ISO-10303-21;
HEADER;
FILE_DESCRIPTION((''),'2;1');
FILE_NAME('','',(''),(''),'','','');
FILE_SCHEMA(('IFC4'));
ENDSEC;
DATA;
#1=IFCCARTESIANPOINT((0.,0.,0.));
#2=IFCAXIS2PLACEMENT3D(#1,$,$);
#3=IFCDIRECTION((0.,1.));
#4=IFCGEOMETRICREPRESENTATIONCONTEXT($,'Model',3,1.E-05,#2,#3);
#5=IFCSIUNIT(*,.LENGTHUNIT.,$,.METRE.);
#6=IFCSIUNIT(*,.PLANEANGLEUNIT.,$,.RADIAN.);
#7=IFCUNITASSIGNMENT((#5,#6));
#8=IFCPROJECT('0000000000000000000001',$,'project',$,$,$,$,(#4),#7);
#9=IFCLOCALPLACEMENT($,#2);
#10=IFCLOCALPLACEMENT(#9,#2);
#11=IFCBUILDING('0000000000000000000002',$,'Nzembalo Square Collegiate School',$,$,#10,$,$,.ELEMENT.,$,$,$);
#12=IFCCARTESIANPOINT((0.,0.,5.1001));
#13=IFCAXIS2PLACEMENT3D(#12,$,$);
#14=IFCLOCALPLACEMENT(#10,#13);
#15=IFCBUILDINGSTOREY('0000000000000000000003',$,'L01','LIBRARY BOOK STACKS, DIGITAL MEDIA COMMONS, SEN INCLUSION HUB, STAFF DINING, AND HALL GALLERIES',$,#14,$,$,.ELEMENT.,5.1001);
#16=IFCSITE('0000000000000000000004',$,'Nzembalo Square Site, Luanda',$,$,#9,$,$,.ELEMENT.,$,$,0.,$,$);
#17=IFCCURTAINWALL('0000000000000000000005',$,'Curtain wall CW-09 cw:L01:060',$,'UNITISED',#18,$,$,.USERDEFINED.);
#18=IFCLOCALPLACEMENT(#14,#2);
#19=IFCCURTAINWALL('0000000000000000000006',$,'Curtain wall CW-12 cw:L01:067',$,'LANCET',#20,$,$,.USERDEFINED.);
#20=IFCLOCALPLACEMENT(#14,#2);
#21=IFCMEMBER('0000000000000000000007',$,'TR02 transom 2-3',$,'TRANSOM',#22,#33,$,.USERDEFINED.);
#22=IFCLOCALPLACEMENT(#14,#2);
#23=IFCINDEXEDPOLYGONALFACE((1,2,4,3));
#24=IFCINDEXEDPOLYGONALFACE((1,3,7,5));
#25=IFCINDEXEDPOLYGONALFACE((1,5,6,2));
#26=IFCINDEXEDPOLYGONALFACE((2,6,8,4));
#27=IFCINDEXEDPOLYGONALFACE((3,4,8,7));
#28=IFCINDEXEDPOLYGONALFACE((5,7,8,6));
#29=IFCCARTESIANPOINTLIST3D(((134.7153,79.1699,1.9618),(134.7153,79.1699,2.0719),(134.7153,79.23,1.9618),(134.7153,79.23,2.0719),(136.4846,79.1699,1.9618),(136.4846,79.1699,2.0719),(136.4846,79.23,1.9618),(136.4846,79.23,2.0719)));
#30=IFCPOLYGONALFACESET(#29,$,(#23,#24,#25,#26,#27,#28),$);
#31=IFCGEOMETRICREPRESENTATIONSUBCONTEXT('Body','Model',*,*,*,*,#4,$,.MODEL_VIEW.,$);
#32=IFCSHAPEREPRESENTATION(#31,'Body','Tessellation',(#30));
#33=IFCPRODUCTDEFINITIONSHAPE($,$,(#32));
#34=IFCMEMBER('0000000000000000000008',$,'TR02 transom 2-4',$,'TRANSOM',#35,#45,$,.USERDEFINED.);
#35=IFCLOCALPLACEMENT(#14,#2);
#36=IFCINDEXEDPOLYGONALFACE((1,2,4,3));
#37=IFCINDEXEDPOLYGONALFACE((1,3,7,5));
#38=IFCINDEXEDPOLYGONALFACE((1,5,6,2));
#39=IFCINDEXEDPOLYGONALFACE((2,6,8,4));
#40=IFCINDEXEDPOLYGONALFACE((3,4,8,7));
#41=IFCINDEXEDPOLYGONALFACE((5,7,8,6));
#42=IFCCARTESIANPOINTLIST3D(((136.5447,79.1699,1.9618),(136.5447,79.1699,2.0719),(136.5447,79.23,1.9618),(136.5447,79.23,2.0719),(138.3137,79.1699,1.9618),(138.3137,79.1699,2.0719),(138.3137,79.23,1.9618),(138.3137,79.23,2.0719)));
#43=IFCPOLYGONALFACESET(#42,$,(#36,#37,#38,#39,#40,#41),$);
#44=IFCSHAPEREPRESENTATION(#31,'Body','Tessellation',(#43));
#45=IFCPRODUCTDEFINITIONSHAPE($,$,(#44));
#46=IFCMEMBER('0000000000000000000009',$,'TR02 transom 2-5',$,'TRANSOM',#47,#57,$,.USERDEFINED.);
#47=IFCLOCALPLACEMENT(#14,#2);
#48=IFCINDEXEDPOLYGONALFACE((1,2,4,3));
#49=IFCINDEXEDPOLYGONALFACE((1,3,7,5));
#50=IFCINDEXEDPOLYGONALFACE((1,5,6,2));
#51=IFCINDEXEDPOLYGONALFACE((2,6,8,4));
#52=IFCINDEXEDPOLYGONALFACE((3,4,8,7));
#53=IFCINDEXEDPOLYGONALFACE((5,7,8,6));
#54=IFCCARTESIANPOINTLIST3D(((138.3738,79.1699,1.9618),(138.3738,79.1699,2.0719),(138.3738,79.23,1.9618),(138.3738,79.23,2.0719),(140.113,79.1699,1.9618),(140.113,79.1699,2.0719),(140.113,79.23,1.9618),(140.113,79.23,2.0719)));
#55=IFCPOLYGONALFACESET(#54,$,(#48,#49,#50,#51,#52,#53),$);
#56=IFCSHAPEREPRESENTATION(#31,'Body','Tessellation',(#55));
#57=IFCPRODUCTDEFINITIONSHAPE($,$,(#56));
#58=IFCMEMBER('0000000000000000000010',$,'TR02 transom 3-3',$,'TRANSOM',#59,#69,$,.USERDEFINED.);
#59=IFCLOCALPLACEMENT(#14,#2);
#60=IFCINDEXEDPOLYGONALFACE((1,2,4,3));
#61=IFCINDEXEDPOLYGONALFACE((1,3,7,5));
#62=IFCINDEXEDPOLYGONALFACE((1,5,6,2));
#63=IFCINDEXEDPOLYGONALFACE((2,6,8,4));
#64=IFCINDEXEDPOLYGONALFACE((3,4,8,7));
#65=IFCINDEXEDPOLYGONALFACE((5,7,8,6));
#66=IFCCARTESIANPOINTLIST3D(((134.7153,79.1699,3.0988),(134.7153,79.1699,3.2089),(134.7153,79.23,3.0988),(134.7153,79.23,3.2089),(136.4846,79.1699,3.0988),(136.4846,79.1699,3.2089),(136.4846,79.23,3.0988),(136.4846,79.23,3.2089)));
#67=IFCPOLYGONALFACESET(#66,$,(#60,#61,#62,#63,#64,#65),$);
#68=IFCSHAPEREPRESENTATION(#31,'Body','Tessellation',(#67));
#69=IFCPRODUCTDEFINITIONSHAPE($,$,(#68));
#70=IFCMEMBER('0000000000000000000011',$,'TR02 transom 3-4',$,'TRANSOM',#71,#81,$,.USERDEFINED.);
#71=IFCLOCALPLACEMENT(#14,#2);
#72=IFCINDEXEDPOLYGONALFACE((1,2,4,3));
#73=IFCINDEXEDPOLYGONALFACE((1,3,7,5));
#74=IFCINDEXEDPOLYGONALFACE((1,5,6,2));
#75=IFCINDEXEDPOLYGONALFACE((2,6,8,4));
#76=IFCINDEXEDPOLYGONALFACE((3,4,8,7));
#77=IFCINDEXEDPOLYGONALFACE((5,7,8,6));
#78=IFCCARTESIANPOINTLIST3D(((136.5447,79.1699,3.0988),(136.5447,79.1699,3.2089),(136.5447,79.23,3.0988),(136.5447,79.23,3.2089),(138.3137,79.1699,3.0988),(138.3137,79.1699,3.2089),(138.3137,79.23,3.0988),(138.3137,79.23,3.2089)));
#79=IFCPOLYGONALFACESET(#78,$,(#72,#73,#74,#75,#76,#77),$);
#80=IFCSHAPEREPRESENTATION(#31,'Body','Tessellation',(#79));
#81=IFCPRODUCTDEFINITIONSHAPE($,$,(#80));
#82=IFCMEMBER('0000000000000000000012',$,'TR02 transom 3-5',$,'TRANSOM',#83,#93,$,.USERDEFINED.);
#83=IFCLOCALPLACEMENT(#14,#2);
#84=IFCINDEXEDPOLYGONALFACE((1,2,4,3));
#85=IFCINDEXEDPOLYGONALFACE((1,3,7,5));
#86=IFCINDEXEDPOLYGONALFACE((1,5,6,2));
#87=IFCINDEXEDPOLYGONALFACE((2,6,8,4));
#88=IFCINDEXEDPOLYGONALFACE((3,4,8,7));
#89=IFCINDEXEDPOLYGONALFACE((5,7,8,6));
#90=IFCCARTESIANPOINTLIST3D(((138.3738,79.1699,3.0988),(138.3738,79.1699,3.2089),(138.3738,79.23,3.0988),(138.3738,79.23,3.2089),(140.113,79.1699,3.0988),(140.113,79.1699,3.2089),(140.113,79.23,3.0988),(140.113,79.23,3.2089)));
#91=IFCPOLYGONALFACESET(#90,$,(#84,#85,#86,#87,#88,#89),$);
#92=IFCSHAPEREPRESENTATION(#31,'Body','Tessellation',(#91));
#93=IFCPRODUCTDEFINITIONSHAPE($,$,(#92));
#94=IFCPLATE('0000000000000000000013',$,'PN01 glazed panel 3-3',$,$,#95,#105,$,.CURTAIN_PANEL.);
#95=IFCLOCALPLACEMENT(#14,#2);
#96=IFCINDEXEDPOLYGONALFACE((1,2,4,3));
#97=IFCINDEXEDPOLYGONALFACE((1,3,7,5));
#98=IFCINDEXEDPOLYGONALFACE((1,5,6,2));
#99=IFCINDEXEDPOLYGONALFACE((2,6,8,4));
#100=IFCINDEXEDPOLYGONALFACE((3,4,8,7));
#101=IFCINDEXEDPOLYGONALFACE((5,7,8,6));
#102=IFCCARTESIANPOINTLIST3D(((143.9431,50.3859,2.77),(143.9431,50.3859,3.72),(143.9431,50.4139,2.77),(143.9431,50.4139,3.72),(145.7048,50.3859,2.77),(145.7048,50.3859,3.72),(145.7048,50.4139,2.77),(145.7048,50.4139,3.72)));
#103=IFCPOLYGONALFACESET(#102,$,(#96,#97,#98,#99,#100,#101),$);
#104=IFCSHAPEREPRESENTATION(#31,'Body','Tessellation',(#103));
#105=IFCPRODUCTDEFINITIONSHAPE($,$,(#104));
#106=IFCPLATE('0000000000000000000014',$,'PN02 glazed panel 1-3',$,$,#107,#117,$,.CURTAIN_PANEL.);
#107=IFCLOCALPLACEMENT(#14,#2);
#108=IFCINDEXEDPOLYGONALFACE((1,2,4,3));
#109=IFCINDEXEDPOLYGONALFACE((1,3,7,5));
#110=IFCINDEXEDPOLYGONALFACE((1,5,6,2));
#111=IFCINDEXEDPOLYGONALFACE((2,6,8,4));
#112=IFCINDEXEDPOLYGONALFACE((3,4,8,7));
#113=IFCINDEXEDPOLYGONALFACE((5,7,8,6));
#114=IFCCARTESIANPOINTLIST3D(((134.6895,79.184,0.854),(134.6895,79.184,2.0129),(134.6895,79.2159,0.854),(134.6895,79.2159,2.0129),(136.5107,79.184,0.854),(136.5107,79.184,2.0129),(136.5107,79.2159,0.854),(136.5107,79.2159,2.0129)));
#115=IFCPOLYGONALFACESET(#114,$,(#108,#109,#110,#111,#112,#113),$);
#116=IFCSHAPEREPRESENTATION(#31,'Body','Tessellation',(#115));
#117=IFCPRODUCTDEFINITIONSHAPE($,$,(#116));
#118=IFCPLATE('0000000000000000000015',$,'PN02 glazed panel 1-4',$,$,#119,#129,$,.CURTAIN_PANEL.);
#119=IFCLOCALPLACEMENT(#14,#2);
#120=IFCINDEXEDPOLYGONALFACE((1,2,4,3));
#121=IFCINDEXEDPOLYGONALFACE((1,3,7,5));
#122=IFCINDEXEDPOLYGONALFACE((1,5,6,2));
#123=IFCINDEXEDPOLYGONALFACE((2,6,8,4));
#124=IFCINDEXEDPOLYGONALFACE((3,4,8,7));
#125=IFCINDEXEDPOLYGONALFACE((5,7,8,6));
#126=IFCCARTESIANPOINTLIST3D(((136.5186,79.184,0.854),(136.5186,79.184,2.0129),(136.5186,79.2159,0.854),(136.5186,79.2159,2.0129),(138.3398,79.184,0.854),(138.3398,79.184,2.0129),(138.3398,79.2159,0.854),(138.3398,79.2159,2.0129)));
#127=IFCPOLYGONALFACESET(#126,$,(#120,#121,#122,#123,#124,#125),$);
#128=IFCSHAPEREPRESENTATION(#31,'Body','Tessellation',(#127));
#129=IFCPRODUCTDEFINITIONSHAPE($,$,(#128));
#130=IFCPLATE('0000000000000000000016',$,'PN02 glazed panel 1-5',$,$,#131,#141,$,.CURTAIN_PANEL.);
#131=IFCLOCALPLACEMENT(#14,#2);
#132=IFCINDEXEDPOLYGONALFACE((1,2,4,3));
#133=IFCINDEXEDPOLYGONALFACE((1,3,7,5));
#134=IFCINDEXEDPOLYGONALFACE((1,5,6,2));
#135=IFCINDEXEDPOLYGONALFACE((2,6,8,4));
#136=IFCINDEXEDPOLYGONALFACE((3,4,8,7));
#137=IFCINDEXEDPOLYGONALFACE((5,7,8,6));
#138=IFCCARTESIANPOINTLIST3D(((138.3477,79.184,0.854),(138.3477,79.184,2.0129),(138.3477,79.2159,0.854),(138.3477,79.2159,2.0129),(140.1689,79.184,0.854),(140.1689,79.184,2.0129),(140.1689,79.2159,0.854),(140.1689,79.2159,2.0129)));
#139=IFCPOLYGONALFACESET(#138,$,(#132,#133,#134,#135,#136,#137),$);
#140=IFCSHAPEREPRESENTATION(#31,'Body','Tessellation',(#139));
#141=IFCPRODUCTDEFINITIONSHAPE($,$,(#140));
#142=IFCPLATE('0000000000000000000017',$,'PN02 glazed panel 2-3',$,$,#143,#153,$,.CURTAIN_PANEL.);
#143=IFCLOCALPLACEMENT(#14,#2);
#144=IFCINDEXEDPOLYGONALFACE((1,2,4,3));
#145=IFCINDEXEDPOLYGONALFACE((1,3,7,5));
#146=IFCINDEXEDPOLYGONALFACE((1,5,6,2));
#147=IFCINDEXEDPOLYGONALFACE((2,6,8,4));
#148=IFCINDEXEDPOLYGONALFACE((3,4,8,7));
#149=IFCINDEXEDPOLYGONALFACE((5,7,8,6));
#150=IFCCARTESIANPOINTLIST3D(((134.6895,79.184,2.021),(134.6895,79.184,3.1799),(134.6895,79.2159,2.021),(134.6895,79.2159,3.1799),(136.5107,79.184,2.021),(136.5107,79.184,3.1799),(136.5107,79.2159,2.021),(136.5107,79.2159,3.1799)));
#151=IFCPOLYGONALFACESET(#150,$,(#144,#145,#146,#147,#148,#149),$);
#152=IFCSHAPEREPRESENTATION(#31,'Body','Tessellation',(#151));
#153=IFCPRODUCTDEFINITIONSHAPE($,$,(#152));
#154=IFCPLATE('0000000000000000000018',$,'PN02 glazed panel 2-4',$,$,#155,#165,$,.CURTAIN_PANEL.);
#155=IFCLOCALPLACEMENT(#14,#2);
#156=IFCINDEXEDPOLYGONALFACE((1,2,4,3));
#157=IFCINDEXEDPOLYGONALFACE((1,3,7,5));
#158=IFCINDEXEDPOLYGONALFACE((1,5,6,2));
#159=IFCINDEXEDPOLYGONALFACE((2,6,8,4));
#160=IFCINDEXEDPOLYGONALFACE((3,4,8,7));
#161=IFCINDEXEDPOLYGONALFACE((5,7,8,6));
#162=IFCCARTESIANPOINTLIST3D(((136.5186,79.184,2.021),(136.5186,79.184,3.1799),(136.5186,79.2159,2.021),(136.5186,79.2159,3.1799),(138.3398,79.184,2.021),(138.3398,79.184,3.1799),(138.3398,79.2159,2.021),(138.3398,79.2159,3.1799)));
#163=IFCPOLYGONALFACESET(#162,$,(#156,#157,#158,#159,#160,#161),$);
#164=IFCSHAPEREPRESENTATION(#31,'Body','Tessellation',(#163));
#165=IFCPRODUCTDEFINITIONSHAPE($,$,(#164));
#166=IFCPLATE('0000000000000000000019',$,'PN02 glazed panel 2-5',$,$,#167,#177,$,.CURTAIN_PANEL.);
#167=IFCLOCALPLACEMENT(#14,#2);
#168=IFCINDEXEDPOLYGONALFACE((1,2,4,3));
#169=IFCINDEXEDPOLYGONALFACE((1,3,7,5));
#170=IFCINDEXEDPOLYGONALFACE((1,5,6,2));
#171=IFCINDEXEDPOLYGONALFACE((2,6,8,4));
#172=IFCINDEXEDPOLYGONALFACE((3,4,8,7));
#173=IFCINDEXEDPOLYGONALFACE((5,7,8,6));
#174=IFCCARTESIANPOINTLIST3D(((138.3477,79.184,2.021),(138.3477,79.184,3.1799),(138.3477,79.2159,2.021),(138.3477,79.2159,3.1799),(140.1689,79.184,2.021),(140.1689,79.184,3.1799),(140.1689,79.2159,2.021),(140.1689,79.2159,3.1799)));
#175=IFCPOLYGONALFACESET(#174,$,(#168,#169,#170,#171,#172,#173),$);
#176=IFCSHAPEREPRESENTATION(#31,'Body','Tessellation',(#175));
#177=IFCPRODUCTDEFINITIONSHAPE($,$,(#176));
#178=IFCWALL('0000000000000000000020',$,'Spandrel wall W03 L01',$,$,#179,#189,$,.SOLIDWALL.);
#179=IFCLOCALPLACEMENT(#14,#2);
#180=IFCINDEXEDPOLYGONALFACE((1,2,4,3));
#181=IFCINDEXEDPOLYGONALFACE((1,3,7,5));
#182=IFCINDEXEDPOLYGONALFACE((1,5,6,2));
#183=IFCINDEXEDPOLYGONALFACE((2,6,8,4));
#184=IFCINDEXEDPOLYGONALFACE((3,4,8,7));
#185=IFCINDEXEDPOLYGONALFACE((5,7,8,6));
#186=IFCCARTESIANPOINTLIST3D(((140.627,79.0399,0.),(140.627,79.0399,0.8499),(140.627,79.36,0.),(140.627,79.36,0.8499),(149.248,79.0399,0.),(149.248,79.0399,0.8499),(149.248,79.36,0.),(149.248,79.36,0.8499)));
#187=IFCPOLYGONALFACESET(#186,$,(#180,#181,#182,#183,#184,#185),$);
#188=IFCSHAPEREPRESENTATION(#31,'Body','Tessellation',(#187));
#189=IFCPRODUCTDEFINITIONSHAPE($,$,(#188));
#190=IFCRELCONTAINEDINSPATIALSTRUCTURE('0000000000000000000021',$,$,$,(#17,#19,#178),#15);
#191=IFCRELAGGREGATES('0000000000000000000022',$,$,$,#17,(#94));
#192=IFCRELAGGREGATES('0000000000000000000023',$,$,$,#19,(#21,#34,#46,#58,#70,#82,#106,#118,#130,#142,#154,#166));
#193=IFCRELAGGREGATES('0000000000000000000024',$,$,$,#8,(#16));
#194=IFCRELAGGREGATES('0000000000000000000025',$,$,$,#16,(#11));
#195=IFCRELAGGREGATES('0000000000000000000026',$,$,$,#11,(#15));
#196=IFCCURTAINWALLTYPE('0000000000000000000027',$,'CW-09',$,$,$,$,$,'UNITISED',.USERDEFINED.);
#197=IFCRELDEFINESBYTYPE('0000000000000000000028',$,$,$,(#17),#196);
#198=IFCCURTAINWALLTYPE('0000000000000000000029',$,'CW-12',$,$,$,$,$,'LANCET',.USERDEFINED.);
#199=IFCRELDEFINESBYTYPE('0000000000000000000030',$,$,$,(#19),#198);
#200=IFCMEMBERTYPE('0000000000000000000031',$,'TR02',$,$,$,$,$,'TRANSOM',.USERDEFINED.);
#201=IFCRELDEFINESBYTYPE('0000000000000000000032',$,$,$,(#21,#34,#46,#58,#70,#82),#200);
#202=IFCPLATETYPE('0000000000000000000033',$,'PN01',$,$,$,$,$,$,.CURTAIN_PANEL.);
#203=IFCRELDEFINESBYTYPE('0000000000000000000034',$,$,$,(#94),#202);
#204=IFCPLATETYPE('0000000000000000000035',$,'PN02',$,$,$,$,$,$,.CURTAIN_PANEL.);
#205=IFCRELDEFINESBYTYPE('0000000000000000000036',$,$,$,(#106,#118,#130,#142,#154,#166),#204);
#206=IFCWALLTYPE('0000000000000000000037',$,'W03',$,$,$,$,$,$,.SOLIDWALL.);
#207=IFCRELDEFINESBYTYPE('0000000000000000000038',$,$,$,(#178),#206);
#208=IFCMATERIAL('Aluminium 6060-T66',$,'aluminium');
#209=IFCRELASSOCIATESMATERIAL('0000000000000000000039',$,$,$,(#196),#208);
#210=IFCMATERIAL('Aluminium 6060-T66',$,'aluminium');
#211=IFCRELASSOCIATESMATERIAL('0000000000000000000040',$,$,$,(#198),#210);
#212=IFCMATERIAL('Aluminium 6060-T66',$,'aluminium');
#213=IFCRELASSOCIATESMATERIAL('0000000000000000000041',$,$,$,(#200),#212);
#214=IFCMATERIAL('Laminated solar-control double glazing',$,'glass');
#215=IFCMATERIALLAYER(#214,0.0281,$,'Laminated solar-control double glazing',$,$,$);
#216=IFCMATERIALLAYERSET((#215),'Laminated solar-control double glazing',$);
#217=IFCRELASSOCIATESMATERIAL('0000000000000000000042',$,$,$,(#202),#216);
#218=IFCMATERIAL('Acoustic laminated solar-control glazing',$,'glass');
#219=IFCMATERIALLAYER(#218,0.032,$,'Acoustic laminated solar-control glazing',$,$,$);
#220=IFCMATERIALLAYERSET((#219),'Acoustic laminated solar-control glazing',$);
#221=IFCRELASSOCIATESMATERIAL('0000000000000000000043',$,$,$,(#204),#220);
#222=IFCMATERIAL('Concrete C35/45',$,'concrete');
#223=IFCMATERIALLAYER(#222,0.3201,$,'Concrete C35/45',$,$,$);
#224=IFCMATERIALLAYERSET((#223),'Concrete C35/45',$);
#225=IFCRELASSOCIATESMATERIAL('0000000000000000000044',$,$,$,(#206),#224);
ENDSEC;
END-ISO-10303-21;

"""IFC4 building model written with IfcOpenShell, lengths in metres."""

from ifc_helpers import new_model, si_unit, direction, frame, frame_2d, origin, origin_2d, place, context, subcontext, project, spatial, rectangle, extrude, material, layer, layer_set, material_profile, profile_set, type_object, element, aggregate, save


model = new_model("IFC4")

# Units and contexts
model_context = context("Model", 3, precision=1e-05, world=origin(), true_north=direction((0.0, 1.0)))
body_context = subcontext(model_context, "Body", "Model", "MODEL_VIEW")
ifc_project = project(units=[si_unit("LENGTHUNIT", "METRE"), si_unit("PLANEANGLEUNIT", "RADIAN")], contexts=[model_context])

# Site, building, storey
site_placement = place(None, origin())
site = spatial("IfcSite", under=ifc_project, at=site_placement, Name="Nzembalo Square Site, Luanda", CompositionType="ELEMENT", RefElevation=0.0)
building_placement = place(site_placement, origin())
building = spatial("IfcBuilding", under=site, at=building_placement, Name="Nzembalo Square Collegiate School", CompositionType="ELEMENT")
storey_placement = place(building_placement, frame((0.0, 0.0, 5.1001)))
storey = spatial("IfcBuildingStorey", under=building, at=storey_placement, Name="L01", Description="LIBRARY BOOK STACKS, DIGITAL MEDIA COMMONS, SEN INCLUSION HUB, STAFF DINING, AND HALL GALLERIES", CompositionType="ELEMENT", Elevation=5.1001)

# Curtain wall
ifc_material_1 = material(Name="Aluminium 6060-T66", Category="aluminium")
curtain_wall_type_1 = type_object("IfcCurtainWallType", Name="CW-09", ElementType="UNITISED", PredefinedType="USERDEFINED", material=ifc_material_1)
curtain_wall_1_placement = place(storey_placement, origin())
curtain_wall_1 = element("IfcCurtainWall", 1, at=curtain_wall_1_placement, inside=storey, type_object=curtain_wall_type_1, Name="Curtain wall CW-09 cw:L01:060", ObjectType="UNITISED", PredefinedType="USERDEFINED")

# Curtain wall
ifc_material_2 = material(Name="Aluminium 6060-T66", Category="aluminium")
curtain_wall_type_2 = type_object("IfcCurtainWallType", Name="CW-12", ElementType="LANCET", PredefinedType="USERDEFINED", material=ifc_material_2)
curtain_wall_2_placement = place(storey_placement, origin())
curtain_wall_2 = element("IfcCurtainWall", 2, at=curtain_wall_2_placement, inside=storey, type_object=curtain_wall_type_2, Name="Curtain wall CW-12 cw:L01:067", ObjectType="LANCET", PredefinedType="USERDEFINED")

# Members
ifc_material_3 = material(Name="Aluminium 6060-T66", Category="aluminium")
ifc_material_profile_1 = material_profile(ifc_material_3, rectangle(XDim=0.0601, YDim=0.1101, at=origin_2d()), Name="ALU T60x110")
ifc_profile_set_1 = profile_set([ifc_material_profile_1], Name="Aluminium 6060-T66")
member_type_1 = type_object("IfcMemberType", Name="TR02", ElementType="TRANSOM", PredefinedType="USERDEFINED", material=ifc_profile_set_1)
member_1_placement = place(storey_placement, frame((134.7153, 79.2, 2.0168), z_axis=(1.0, 0.0, 0.0), x_axis=(0.0, 1.0, 0.0)))
member_1 = element("IfcMember", 3, at=member_1_placement, type_object=member_type_1, Name="TR02 transom 2-3", ObjectType="TRANSOM", PredefinedType="USERDEFINED", context=body_context, shape_type="SweptSolid", body=[
    extrude(rectangle(XDim=0.0601, YDim=0.1101, at=origin_2d()), origin(), (0.0, 0.0, 1.0), 1.7693),
])
member_2_placement = place(storey_placement, frame((136.5447, 79.2, 2.0168), z_axis=(1.0, 0.0, 0.0), x_axis=(0.0, 1.0, 0.0)))
member_2 = element("IfcMember", 4, at=member_2_placement, type_object=member_type_1, Name="TR02 transom 2-4", ObjectType="TRANSOM", PredefinedType="USERDEFINED", context=body_context, shape_type="SweptSolid", body=[
    extrude(rectangle(XDim=0.0601, YDim=0.1101, at=origin_2d()), origin(), (0.0, 0.0, 1.0), 1.769),
])
member_3_placement = place(storey_placement, frame((138.3738, 79.2, 2.0168), z_axis=(1.0, 0.0, 0.0), x_axis=(0.0, 1.0, 0.0)))
member_3 = element("IfcMember", 5, at=member_3_placement, type_object=member_type_1, Name="TR02 transom 2-5", ObjectType="TRANSOM", PredefinedType="USERDEFINED", context=body_context, shape_type="SweptSolid", body=[
    extrude(rectangle(XDim=0.0601, YDim=0.1101, at=origin_2d()), origin(), (0.0, 0.0, 1.0), 1.7393),
])
member_4_placement = place(storey_placement, frame((134.7153, 79.2, 3.1538), z_axis=(1.0, 0.0, 0.0), x_axis=(0.0, 1.0, 0.0)))
member_4 = element("IfcMember", 6, at=member_4_placement, type_object=member_type_1, Name="TR02 transom 3-3", ObjectType="TRANSOM", PredefinedType="USERDEFINED", context=body_context, shape_type="SweptSolid", body=[
    extrude(rectangle(XDim=0.0601, YDim=0.1101, at=origin_2d()), origin(), (0.0, 0.0, 1.0), 1.7693),
])
member_5_placement = place(storey_placement, frame((136.5447, 79.2, 3.1538), z_axis=(1.0, 0.0, 0.0), x_axis=(0.0, 1.0, 0.0)))
member_5 = element("IfcMember", 7, at=member_5_placement, type_object=member_type_1, Name="TR02 transom 3-4", ObjectType="TRANSOM", PredefinedType="USERDEFINED", context=body_context, shape_type="SweptSolid", body=[
    extrude(rectangle(XDim=0.0601, YDim=0.1101, at=origin_2d()), origin(), (0.0, 0.0, 1.0), 1.769),
])
member_6_placement = place(storey_placement, frame((138.3738, 79.2, 3.1538), z_axis=(1.0, 0.0, 0.0), x_axis=(0.0, 1.0, 0.0)))
member_6 = element("IfcMember", 8, at=member_6_placement, type_object=member_type_1, Name="TR02 transom 3-5", ObjectType="TRANSOM", PredefinedType="USERDEFINED", context=body_context, shape_type="SweptSolid", body=[
    extrude(rectangle(XDim=0.0601, YDim=0.1101, at=origin_2d()), origin(), (0.0, 0.0, 1.0), 1.7393),
])

# Plates
ifc_material_4 = material(Name="Laminated solar-control double glazing", Category="glass")
ifc_layer_1 = layer(ifc_material_4, 0.0281, Name="Laminated solar-control double glazing")
ifc_layer_set_1 = layer_set([ifc_layer_1], Name="Laminated solar-control double glazing")
plate_type_1 = type_object("IfcPlateType", Name="PN01", PredefinedType="CURTAIN_PANEL", material=ifc_layer_set_1)
plate_1_placement = place(storey_placement, frame((144.824, 50.3999, 2.77), z_axis=(0.0, 0.0, 1.0), x_axis=(1.0, 0.0, 0.0)))
plate_1 = element("IfcPlate", 9, at=plate_1_placement, type_object=plate_type_1, Name="PN01 glazed panel 3-3", PredefinedType="CURTAIN_PANEL", context=body_context, shape_type="SweptSolid", body=[
    extrude(rectangle(XDim=1.7617, YDim=0.0281, at=origin_2d()), origin(), (0.0, 0.0, 1.0), 0.95),
])
aggregate(curtain_wall_1, [plate_1])
ifc_material_5 = material(Name="Acoustic laminated solar-control glazing", Category="glass")
ifc_layer_2 = layer(ifc_material_5, 0.032, Name="Acoustic laminated solar-control glazing")
ifc_layer_set_2 = layer_set([ifc_layer_2], Name="Acoustic laminated solar-control glazing")
plate_type_2 = type_object("IfcPlateType", Name="PN02", PredefinedType="CURTAIN_PANEL", material=ifc_layer_set_2)
plate_2_placement = place(storey_placement, frame((135.6001, 79.2, 0.854), z_axis=(0.0, 0.0, 1.0), x_axis=(1.0, 0.0, 0.0)))
plate_2 = element("IfcPlate", 10, at=plate_2_placement, type_object=plate_type_2, Name="PN02 glazed panel 1-3", PredefinedType="CURTAIN_PANEL", context=body_context, shape_type="SweptSolid", body=[
    extrude(rectangle(XDim=1.8213, YDim=0.032, at=origin_2d()), origin(), (0.0, 0.0, 1.0), 1.1589),
])
plate_3_placement = place(storey_placement, frame((137.4292, 79.2, 0.854), z_axis=(0.0, 0.0, 1.0), x_axis=(1.0, 0.0, 0.0)))
plate_3 = element("IfcPlate", 11, at=plate_3_placement, type_object=plate_type_2, Name="PN02 glazed panel 1-4", PredefinedType="CURTAIN_PANEL", context=body_context, shape_type="SweptSolid", body=[
    extrude(rectangle(XDim=1.8213, YDim=0.032, at=origin_2d()), origin(), (0.0, 0.0, 1.0), 1.1589),
])
plate_4_placement = place(storey_placement, frame((139.2583, 79.2, 0.854), z_axis=(0.0, 0.0, 1.0), x_axis=(1.0, 0.0, 0.0)))
plate_4 = element("IfcPlate", 12, at=plate_4_placement, type_object=plate_type_2, Name="PN02 glazed panel 1-5", PredefinedType="CURTAIN_PANEL", context=body_context, shape_type="SweptSolid", body=[
    extrude(rectangle(XDim=1.8213, YDim=0.032, at=origin_2d()), origin(), (0.0, 0.0, 1.0), 1.1589),
])
plate_5_placement = place(storey_placement, frame((135.6001, 79.2, 2.021), z_axis=(0.0, 0.0, 1.0), x_axis=(1.0, 0.0, 0.0)))
plate_5 = element("IfcPlate", 13, at=plate_5_placement, type_object=plate_type_2, Name="PN02 glazed panel 2-3", PredefinedType="CURTAIN_PANEL", context=body_context, shape_type="SweptSolid", body=[
    extrude(rectangle(XDim=1.8213, YDim=0.032, at=origin_2d()), origin(), (0.0, 0.0, 1.0), 1.1589),
])
plate_6_placement = place(storey_placement, frame((137.4292, 79.2, 2.021), z_axis=(0.0, 0.0, 1.0), x_axis=(1.0, 0.0, 0.0)))
plate_6 = element("IfcPlate", 14, at=plate_6_placement, type_object=plate_type_2, Name="PN02 glazed panel 2-4", PredefinedType="CURTAIN_PANEL", context=body_context, shape_type="SweptSolid", body=[
    extrude(rectangle(XDim=1.8213, YDim=0.032, at=origin_2d()), origin(), (0.0, 0.0, 1.0), 1.1589),
])
plate_7_placement = place(storey_placement, frame((139.2583, 79.2, 2.021), z_axis=(0.0, 0.0, 1.0), x_axis=(1.0, 0.0, 0.0)))
plate_7 = element("IfcPlate", 15, at=plate_7_placement, type_object=plate_type_2, Name="PN02 glazed panel 2-5", PredefinedType="CURTAIN_PANEL", context=body_context, shape_type="SweptSolid", body=[
    extrude(rectangle(XDim=1.8213, YDim=0.032, at=origin_2d()), origin(), (0.0, 0.0, 1.0), 1.1589),
])
aggregate(curtain_wall_2, [member_1, member_2, member_3, member_4, member_5, member_6, plate_2, plate_3, plate_4, plate_5, plate_6, plate_7])

# Wall
ifc_material_6 = material(Name="Concrete C35/45", Category="concrete")
ifc_layer_3 = layer(ifc_material_6, 0.3201, Name="Concrete C35/45")
ifc_layer_set_3 = layer_set([ifc_layer_3], Name="Concrete C35/45")
wall_type = type_object("IfcWallType", Name="W03", PredefinedType="SOLIDWALL", material=ifc_layer_set_3)
wall_placement = place(storey_placement, frame((140.627, 79.2, 0.0), z_axis=(0.0, 0.0, 1.0), x_axis=(1.0, 0.0, 0.0)))
element("IfcWall", 16, at=wall_placement, inside=storey, type_object=wall_type, Name="Spandrel wall W03 L01", PredefinedType="SOLIDWALL", context=body_context, shape_type="SweptSolid", body=[
    extrude(rectangle(XDim=8.6211, YDim=0.3201, at=frame_2d((4.3105, 0.0))), origin(), (0.0, 0.0, 1.0), 0.8499),
])

save(model, "model.ifc")
